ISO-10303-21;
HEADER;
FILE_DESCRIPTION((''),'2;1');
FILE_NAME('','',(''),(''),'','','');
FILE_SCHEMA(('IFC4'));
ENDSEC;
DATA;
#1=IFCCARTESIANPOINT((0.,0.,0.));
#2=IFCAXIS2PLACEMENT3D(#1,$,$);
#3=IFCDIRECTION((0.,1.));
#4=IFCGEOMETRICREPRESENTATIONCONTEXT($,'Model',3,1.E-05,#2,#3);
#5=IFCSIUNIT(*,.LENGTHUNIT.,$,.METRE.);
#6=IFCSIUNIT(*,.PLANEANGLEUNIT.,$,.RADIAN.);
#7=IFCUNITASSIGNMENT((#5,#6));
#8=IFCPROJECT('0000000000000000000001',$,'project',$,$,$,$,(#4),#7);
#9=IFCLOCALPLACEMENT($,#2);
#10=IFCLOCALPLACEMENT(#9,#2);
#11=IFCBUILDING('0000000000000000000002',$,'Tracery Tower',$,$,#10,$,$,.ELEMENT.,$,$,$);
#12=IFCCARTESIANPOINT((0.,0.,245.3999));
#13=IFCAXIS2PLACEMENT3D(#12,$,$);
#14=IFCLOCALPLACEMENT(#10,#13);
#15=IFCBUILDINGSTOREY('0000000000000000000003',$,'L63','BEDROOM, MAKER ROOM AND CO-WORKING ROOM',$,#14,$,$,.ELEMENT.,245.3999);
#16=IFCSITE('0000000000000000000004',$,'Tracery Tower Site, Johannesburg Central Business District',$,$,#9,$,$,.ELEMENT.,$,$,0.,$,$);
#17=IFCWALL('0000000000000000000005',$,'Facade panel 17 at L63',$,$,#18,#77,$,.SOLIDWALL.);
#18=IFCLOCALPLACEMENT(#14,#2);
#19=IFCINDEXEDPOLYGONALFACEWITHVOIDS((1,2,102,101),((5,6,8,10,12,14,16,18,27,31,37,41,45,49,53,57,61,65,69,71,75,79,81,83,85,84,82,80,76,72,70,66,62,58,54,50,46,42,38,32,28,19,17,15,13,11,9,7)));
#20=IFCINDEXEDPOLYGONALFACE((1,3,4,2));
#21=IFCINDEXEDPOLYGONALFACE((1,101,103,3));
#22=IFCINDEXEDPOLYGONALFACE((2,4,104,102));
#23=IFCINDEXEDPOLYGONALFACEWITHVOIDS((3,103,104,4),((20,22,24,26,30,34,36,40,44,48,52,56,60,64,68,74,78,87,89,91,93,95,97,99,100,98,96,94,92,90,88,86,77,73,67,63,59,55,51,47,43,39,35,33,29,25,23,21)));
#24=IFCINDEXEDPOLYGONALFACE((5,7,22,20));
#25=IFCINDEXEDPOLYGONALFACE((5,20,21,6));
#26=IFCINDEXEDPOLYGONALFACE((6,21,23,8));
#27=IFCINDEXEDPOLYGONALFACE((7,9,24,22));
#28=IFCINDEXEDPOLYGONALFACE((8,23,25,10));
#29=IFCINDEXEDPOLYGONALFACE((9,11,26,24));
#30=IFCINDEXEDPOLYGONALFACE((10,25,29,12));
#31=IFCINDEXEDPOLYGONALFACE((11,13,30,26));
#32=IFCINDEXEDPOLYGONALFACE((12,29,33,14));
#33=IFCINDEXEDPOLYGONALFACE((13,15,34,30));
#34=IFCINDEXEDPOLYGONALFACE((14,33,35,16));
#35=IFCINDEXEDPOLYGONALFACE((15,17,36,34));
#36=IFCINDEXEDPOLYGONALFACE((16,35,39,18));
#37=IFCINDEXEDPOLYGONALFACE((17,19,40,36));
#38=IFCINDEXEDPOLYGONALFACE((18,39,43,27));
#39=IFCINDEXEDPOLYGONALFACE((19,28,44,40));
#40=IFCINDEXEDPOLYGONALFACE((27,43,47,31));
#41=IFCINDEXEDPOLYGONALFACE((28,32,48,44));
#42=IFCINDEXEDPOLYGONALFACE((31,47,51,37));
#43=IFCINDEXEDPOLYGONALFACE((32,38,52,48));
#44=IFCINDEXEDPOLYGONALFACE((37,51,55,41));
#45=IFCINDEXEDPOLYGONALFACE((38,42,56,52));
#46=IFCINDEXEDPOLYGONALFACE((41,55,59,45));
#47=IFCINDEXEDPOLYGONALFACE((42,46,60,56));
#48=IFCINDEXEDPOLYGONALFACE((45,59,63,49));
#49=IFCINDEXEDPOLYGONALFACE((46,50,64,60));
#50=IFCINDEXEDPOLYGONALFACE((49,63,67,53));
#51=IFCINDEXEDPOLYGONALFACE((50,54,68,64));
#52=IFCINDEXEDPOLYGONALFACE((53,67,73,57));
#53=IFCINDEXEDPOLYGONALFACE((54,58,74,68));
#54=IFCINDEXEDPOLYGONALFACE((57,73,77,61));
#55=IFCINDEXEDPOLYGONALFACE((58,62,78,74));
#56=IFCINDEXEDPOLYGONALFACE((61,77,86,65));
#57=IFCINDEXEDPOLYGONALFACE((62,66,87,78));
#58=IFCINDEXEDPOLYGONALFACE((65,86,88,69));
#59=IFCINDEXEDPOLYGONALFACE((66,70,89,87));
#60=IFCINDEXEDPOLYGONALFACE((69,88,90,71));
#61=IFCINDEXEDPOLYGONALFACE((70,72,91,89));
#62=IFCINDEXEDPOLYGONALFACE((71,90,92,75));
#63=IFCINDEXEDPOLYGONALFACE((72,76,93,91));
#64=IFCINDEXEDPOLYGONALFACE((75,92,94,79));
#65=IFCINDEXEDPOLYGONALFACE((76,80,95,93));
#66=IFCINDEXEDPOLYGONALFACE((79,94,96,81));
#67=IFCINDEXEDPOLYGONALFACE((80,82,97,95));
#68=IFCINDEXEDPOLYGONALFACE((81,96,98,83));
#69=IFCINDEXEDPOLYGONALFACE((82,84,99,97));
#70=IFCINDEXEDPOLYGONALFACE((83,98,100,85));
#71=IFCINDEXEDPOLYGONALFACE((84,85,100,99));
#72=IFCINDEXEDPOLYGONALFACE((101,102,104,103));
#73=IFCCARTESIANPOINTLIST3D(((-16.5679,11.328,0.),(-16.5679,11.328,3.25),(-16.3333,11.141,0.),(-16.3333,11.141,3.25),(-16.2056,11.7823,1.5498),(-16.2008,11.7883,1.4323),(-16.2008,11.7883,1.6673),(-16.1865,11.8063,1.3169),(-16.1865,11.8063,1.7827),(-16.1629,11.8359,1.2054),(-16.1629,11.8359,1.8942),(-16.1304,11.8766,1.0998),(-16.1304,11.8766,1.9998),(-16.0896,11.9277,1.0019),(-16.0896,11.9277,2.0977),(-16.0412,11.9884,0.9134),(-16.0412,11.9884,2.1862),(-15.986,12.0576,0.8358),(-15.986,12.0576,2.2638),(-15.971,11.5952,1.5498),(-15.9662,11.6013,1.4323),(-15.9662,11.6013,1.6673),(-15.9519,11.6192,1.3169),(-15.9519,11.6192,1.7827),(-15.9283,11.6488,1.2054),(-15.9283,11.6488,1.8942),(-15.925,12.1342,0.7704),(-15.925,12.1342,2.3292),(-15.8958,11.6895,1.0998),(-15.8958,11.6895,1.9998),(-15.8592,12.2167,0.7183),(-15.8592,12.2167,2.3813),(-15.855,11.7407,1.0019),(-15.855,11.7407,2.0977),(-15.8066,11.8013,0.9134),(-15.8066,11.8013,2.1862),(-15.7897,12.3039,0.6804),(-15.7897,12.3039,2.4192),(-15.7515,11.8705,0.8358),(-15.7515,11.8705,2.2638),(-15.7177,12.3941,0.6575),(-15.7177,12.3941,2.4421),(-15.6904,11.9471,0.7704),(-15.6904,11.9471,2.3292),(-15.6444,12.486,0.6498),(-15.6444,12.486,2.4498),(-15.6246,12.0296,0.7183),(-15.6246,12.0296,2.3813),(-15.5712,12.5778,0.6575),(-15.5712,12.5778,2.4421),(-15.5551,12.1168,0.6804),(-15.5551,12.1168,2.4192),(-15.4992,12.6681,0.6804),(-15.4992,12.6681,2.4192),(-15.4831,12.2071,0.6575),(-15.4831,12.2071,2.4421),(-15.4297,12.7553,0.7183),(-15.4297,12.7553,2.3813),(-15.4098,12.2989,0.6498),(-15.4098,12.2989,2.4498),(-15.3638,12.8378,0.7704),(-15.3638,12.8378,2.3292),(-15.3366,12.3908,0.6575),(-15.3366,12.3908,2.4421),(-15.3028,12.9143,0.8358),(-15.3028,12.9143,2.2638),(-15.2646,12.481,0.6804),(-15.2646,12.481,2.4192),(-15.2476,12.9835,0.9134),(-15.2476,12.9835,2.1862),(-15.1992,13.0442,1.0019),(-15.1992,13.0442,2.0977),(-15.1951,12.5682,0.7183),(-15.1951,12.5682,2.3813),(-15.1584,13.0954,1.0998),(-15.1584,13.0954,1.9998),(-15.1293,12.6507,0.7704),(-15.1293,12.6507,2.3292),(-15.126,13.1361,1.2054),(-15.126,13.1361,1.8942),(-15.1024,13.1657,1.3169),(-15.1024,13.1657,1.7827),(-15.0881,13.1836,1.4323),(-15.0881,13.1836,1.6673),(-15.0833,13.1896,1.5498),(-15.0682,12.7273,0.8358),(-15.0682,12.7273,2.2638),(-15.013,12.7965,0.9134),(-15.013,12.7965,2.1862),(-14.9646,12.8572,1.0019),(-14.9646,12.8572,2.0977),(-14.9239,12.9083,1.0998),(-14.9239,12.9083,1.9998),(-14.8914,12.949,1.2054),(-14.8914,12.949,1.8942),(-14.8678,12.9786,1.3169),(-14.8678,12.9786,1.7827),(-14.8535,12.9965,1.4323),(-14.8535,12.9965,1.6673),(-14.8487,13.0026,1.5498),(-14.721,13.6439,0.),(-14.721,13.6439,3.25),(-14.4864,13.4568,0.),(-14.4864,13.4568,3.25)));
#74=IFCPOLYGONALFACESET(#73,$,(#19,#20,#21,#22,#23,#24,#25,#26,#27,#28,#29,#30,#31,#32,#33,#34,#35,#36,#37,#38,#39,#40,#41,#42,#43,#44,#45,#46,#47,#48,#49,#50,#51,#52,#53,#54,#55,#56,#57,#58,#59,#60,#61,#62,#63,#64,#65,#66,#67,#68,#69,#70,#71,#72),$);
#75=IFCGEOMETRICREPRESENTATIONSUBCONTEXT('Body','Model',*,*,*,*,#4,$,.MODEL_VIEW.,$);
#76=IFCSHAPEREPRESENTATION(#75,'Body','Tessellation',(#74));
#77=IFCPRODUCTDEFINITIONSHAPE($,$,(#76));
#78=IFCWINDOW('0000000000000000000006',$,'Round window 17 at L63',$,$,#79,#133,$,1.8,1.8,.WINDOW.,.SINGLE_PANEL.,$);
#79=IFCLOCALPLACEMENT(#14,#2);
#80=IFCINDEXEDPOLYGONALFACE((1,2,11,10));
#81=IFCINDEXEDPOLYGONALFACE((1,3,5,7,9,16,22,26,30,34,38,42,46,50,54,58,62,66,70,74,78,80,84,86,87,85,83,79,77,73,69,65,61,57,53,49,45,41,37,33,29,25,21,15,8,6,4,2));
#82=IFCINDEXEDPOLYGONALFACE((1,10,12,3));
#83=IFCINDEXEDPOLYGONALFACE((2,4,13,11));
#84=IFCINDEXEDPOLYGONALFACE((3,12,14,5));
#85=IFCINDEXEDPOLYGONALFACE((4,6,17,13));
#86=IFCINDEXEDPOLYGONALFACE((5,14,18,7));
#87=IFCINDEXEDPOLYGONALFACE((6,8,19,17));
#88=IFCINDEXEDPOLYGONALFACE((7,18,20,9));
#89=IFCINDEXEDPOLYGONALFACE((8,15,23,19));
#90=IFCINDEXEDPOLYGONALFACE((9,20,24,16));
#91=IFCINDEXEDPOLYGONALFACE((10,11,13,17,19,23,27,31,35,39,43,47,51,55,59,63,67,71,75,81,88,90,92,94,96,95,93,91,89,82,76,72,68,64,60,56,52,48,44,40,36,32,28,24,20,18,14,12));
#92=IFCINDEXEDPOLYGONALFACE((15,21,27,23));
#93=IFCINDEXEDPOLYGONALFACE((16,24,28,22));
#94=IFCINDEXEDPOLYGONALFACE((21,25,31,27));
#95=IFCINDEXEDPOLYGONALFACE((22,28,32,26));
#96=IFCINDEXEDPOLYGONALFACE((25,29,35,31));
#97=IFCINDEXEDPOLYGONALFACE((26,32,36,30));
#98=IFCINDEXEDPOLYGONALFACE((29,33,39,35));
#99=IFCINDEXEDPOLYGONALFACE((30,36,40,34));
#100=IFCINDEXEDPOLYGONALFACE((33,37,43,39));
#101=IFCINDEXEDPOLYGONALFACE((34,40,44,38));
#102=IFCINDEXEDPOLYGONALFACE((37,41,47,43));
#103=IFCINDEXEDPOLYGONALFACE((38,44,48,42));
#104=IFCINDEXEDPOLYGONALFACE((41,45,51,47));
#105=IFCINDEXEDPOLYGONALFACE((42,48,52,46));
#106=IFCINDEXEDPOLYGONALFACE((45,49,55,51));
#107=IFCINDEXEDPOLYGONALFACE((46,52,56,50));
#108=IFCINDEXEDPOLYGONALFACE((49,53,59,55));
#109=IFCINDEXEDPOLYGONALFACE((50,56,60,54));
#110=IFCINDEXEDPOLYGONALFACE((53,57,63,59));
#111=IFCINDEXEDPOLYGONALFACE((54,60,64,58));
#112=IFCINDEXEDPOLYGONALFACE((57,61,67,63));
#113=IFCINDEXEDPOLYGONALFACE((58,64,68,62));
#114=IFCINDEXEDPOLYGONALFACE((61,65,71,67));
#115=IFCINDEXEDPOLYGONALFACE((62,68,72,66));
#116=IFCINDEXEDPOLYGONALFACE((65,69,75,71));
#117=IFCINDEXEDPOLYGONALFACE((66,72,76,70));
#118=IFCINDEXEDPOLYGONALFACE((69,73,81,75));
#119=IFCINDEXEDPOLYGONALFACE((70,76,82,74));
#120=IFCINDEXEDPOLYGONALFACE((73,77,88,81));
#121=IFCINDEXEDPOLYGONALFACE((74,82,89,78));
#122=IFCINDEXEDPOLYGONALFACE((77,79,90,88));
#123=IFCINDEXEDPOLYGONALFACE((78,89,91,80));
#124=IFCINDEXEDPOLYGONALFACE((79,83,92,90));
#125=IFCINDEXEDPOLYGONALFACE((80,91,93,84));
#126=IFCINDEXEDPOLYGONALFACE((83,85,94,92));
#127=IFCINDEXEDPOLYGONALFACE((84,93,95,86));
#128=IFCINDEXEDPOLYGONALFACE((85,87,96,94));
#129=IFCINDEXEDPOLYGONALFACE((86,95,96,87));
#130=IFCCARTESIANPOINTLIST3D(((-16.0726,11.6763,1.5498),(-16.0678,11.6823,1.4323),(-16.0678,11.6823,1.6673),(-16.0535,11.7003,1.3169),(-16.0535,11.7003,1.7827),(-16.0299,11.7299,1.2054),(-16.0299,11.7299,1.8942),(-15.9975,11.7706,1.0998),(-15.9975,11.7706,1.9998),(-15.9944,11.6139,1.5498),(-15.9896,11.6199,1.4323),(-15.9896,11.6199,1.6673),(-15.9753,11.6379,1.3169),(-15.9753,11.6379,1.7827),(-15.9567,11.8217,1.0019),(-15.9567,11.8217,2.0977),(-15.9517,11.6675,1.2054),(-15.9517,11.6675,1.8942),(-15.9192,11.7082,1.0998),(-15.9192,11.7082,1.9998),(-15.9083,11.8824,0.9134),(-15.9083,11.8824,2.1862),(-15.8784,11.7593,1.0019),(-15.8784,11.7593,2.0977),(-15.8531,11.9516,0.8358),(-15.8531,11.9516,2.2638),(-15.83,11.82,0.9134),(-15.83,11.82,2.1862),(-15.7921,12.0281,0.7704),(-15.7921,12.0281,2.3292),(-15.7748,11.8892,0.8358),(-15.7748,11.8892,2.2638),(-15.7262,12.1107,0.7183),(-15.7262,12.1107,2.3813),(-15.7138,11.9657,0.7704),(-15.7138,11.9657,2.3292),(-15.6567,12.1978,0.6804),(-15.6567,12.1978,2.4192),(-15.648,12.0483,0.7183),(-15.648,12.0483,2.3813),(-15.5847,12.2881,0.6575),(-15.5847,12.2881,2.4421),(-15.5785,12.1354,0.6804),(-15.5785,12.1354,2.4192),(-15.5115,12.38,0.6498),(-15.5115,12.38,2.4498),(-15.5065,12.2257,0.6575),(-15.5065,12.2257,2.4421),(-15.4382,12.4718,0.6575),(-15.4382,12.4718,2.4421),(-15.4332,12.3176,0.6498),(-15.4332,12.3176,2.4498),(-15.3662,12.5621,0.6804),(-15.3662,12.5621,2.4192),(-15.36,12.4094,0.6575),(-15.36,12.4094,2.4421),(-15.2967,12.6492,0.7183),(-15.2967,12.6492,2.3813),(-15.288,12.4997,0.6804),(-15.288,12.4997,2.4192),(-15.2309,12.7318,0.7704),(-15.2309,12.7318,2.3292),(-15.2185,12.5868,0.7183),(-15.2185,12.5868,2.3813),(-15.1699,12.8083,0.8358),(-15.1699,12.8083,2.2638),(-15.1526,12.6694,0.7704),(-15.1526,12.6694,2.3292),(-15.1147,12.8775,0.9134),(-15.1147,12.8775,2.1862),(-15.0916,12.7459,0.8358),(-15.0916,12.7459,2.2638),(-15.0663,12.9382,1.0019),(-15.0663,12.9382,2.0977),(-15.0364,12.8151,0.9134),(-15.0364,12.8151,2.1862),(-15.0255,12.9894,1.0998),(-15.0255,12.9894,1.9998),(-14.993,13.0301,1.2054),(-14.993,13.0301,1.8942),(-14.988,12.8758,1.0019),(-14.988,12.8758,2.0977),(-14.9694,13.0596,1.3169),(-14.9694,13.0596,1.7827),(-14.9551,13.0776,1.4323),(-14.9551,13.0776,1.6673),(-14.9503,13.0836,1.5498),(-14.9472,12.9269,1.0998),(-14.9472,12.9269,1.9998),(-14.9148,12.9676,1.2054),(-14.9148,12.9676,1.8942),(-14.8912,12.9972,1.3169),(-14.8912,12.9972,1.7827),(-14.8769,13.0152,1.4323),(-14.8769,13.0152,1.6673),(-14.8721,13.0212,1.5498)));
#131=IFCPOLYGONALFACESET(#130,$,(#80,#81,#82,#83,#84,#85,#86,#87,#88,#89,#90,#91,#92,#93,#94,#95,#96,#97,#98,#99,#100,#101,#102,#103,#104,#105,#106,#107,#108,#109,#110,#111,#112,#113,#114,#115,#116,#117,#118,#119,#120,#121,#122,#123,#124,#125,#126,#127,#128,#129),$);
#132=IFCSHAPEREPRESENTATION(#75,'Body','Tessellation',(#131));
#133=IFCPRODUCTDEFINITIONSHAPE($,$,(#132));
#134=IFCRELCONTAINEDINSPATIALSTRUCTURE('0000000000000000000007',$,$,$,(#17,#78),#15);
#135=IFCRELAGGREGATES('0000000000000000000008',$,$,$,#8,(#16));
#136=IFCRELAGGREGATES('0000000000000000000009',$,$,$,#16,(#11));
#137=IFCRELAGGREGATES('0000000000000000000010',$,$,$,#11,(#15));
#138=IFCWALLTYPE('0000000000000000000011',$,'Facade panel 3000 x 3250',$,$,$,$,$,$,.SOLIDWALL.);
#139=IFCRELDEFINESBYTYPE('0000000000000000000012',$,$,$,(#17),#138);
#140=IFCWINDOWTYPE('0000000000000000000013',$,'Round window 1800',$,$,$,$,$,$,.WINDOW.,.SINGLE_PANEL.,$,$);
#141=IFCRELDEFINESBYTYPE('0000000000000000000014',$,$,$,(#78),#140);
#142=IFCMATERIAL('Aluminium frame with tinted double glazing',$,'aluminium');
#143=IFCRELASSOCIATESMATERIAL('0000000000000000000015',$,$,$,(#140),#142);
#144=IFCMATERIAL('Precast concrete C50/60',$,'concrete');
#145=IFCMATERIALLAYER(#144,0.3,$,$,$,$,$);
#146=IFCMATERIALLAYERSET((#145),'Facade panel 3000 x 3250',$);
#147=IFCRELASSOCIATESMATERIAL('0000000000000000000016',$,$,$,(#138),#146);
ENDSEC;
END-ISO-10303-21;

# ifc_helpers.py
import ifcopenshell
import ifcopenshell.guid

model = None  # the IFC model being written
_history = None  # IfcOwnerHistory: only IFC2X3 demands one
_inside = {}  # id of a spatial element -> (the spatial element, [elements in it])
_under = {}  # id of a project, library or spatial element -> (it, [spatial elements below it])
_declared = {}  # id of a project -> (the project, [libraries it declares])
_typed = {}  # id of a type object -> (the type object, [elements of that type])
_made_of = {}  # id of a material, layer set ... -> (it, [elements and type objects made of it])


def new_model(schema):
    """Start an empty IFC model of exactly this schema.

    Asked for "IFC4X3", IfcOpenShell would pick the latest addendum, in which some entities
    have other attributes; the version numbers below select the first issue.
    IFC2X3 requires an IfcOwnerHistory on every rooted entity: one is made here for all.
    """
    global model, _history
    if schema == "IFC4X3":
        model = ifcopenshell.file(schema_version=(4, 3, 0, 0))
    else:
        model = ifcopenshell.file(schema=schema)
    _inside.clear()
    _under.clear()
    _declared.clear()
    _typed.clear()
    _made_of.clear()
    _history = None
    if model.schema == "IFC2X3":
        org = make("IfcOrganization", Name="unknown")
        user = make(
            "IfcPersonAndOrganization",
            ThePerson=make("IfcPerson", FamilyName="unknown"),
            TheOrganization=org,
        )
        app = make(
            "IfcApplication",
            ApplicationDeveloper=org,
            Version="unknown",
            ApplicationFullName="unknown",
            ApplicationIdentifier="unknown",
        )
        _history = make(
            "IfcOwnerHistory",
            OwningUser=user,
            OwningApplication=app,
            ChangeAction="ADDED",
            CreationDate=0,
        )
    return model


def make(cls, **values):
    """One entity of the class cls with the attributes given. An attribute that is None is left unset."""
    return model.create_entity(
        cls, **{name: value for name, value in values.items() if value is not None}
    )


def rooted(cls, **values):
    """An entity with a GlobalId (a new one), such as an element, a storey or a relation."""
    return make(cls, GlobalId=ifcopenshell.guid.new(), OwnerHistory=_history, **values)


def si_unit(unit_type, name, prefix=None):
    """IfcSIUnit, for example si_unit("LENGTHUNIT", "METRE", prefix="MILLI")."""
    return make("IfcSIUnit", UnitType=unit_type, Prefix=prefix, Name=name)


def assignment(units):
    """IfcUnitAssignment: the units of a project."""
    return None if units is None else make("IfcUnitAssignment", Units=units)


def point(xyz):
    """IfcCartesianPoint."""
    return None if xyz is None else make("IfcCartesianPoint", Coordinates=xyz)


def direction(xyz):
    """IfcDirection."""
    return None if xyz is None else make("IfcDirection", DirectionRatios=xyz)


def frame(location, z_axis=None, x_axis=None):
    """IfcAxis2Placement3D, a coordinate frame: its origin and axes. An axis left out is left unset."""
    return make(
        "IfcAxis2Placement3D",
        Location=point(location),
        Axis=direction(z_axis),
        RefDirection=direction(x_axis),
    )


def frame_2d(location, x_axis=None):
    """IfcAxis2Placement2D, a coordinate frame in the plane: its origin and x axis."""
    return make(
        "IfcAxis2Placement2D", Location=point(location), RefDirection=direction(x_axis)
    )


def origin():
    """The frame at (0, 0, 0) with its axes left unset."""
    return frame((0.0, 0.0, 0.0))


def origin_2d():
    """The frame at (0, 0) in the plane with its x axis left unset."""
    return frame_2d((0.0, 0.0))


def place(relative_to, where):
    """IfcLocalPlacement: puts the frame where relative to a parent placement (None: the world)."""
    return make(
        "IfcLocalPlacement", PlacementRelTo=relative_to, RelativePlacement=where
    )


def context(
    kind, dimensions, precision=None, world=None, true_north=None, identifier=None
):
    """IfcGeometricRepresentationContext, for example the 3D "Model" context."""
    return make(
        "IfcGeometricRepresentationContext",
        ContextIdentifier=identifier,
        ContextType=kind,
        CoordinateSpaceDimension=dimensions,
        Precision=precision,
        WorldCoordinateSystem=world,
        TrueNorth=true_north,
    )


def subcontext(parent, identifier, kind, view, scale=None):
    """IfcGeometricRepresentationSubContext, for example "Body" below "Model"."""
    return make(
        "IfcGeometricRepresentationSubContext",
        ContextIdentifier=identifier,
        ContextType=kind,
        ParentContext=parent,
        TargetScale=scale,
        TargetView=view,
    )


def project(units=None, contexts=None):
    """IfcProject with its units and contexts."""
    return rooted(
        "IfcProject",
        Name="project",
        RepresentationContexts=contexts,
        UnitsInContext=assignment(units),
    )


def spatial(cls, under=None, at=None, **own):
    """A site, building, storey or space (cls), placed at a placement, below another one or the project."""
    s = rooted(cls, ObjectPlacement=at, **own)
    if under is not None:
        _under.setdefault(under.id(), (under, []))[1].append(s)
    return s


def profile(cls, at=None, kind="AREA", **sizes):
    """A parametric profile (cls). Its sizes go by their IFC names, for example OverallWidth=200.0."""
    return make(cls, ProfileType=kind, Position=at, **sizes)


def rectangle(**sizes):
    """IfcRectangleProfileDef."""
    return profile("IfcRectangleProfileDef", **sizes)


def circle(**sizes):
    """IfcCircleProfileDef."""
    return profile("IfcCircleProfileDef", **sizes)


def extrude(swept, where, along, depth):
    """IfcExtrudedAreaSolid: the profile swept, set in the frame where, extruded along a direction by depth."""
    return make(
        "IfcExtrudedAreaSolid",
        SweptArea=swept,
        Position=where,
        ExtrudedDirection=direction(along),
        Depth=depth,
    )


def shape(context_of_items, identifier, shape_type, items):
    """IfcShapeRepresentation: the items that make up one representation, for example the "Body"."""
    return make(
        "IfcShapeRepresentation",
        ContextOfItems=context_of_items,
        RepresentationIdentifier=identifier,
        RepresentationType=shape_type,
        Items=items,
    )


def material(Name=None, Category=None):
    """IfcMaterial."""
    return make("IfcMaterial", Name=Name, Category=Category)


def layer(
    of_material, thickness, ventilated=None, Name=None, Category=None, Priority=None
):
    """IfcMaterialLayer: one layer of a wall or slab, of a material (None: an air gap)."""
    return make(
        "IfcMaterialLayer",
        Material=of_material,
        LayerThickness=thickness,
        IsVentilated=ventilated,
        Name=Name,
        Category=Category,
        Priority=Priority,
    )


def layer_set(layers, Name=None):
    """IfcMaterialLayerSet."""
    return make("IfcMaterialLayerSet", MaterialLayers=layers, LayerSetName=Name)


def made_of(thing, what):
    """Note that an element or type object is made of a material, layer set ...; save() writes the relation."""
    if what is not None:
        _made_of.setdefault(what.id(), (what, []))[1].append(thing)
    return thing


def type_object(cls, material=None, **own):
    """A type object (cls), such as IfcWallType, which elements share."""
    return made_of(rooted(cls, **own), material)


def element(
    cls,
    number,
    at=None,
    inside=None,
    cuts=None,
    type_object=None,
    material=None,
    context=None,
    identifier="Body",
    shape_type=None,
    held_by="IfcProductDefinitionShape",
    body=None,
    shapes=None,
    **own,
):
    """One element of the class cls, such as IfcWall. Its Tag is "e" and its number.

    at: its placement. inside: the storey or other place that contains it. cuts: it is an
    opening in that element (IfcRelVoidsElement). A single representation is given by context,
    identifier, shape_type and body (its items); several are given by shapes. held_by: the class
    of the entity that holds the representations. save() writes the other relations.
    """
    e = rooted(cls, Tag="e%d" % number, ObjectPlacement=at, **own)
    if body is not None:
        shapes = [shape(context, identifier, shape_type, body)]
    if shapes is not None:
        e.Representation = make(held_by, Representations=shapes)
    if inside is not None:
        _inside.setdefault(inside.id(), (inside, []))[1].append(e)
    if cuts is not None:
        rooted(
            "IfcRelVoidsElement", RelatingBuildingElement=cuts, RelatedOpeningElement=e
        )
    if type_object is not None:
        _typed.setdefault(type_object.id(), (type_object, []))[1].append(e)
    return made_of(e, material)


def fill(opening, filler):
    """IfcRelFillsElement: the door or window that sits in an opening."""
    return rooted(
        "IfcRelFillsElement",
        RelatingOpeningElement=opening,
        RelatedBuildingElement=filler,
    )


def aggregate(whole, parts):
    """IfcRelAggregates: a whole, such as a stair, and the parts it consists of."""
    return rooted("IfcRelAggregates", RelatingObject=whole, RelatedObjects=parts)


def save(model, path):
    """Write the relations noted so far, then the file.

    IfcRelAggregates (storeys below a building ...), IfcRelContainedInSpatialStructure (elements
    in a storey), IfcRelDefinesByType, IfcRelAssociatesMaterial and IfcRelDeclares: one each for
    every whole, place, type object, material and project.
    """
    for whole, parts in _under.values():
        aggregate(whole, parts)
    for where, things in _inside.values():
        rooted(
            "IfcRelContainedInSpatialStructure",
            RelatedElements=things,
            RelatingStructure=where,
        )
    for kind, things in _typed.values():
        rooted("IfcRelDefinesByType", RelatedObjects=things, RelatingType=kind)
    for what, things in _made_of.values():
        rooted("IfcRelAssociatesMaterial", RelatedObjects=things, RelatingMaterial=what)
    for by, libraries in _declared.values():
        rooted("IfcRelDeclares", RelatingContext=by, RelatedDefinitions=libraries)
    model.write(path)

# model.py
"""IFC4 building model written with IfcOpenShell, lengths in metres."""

from ifc_helpers import new_model, si_unit, direction, frame, frame_2d, origin, origin_2d, place, context, subcontext, project, spatial, rectangle, circle, extrude, material, layer, layer_set, type_object, element, fill, save


model = new_model("IFC4")

# Units and contexts
model_context = context("Model", 3, precision=1e-05, world=origin(), true_north=direction((0.0, 1.0)))
body_context = subcontext(model_context, "Body", "Model", "MODEL_VIEW")
ifc_project = project(units=[si_unit("LENGTHUNIT", "METRE"), si_unit("PLANEANGLEUNIT", "RADIAN")], contexts=[model_context])

# Site, building, storey
site_placement = place(None, origin())
site = spatial("IfcSite", under=ifc_project, at=site_placement, Name="Tracery Tower Site, Johannesburg Central Business District", CompositionType="ELEMENT", RefElevation=0.0)
building_placement = place(site_placement, origin())
building = spatial("IfcBuilding", under=site, at=building_placement, Name="Tracery Tower", CompositionType="ELEMENT")
storey_placement = place(building_placement, frame((0.0, 0.0, 245.3999)))
storey = spatial("IfcBuildingStorey", under=building, at=storey_placement, Name="L63", Description="BEDROOM, MAKER ROOM AND CO-WORKING ROOM", CompositionType="ELEMENT", Elevation=245.3999)

# Wall, opening, window
ifc_material_1 = material(Name="Aluminium frame with tinted double glazing", Category="aluminium")
window_type = type_object("IfcWindowType", Name="Round window 1800", PartitioningType="SINGLE_PANEL", PredefinedType="WINDOW", material=ifc_material_1)
ifc_material_2 = material(Name="Precast concrete C50/60", Category="concrete")
ifc_layer_1 = layer(ifc_material_2, 0.3)
ifc_layer_set_1 = layer_set([ifc_layer_1], Name="Facade panel 3000 x 3250")
wall_type_1 = type_object("IfcWallType", Name="Facade panel 3000 x 3250", PredefinedType="SOLIDWALL", material=ifc_layer_set_1)
wall_1_placement = place(storey_placement, frame((-14.6038, 13.5503, 0.0), z_axis=(0.0, 0.0, 1.0), x_axis=(-0.623498, -0.781825, 0.0)))
wall_1 = element("IfcWall", 1, at=wall_1_placement, inside=storey, type_object=wall_type_1, Name="Facade panel 17 at L63", PredefinedType="SOLIDWALL", context=body_context, shape_type="SweptSolid", body=[
    extrude(rectangle(XDim=2.9622, YDim=0.3, at=frame_2d((1.481, 0.0))), origin(), (0.0, 0.0, 1.0), 3.25),
])
opening_1_placement = place(wall_1_placement, frame((1.481, 0.0, 1.5498)))
opening_1 = element("IfcOpeningElement", 2, at=opening_1_placement, cuts=wall_1, PredefinedType="OPENING", context=body_context, shape_type="SweptSolid", body=[
    extrude(circle(Radius=0.9, at=origin_2d()), frame((0.0, 0.1599, 0.0), z_axis=(0.0, -1.0, 0.0), x_axis=(1.0, 0.0, 0.0)), (0.0, 0.0, 1.0), 0.3201),
])
window_1_placement = place(opening_1_placement, origin())
window_1 = element("IfcWindow", 3, at=window_1_placement, inside=storey, type_object=window_type, Name="Round window 17 at L63", OverallHeight=1.8, OverallWidth=1.8, PartitioningType="SINGLE_PANEL", PredefinedType="WINDOW", context=body_context, shape_type="SweptSolid", body=[
    extrude(circle(Radius=0.9, at=origin_2d()), frame((0.0, 0.1201, 0.0), z_axis=(0.0, -1.0, 0.0), x_axis=(1.0, 0.0, 0.0)), (0.0, 0.0, 1.0), 0.1001),
])
fill(opening_1, window_1)

save(model, "model.ifc")
